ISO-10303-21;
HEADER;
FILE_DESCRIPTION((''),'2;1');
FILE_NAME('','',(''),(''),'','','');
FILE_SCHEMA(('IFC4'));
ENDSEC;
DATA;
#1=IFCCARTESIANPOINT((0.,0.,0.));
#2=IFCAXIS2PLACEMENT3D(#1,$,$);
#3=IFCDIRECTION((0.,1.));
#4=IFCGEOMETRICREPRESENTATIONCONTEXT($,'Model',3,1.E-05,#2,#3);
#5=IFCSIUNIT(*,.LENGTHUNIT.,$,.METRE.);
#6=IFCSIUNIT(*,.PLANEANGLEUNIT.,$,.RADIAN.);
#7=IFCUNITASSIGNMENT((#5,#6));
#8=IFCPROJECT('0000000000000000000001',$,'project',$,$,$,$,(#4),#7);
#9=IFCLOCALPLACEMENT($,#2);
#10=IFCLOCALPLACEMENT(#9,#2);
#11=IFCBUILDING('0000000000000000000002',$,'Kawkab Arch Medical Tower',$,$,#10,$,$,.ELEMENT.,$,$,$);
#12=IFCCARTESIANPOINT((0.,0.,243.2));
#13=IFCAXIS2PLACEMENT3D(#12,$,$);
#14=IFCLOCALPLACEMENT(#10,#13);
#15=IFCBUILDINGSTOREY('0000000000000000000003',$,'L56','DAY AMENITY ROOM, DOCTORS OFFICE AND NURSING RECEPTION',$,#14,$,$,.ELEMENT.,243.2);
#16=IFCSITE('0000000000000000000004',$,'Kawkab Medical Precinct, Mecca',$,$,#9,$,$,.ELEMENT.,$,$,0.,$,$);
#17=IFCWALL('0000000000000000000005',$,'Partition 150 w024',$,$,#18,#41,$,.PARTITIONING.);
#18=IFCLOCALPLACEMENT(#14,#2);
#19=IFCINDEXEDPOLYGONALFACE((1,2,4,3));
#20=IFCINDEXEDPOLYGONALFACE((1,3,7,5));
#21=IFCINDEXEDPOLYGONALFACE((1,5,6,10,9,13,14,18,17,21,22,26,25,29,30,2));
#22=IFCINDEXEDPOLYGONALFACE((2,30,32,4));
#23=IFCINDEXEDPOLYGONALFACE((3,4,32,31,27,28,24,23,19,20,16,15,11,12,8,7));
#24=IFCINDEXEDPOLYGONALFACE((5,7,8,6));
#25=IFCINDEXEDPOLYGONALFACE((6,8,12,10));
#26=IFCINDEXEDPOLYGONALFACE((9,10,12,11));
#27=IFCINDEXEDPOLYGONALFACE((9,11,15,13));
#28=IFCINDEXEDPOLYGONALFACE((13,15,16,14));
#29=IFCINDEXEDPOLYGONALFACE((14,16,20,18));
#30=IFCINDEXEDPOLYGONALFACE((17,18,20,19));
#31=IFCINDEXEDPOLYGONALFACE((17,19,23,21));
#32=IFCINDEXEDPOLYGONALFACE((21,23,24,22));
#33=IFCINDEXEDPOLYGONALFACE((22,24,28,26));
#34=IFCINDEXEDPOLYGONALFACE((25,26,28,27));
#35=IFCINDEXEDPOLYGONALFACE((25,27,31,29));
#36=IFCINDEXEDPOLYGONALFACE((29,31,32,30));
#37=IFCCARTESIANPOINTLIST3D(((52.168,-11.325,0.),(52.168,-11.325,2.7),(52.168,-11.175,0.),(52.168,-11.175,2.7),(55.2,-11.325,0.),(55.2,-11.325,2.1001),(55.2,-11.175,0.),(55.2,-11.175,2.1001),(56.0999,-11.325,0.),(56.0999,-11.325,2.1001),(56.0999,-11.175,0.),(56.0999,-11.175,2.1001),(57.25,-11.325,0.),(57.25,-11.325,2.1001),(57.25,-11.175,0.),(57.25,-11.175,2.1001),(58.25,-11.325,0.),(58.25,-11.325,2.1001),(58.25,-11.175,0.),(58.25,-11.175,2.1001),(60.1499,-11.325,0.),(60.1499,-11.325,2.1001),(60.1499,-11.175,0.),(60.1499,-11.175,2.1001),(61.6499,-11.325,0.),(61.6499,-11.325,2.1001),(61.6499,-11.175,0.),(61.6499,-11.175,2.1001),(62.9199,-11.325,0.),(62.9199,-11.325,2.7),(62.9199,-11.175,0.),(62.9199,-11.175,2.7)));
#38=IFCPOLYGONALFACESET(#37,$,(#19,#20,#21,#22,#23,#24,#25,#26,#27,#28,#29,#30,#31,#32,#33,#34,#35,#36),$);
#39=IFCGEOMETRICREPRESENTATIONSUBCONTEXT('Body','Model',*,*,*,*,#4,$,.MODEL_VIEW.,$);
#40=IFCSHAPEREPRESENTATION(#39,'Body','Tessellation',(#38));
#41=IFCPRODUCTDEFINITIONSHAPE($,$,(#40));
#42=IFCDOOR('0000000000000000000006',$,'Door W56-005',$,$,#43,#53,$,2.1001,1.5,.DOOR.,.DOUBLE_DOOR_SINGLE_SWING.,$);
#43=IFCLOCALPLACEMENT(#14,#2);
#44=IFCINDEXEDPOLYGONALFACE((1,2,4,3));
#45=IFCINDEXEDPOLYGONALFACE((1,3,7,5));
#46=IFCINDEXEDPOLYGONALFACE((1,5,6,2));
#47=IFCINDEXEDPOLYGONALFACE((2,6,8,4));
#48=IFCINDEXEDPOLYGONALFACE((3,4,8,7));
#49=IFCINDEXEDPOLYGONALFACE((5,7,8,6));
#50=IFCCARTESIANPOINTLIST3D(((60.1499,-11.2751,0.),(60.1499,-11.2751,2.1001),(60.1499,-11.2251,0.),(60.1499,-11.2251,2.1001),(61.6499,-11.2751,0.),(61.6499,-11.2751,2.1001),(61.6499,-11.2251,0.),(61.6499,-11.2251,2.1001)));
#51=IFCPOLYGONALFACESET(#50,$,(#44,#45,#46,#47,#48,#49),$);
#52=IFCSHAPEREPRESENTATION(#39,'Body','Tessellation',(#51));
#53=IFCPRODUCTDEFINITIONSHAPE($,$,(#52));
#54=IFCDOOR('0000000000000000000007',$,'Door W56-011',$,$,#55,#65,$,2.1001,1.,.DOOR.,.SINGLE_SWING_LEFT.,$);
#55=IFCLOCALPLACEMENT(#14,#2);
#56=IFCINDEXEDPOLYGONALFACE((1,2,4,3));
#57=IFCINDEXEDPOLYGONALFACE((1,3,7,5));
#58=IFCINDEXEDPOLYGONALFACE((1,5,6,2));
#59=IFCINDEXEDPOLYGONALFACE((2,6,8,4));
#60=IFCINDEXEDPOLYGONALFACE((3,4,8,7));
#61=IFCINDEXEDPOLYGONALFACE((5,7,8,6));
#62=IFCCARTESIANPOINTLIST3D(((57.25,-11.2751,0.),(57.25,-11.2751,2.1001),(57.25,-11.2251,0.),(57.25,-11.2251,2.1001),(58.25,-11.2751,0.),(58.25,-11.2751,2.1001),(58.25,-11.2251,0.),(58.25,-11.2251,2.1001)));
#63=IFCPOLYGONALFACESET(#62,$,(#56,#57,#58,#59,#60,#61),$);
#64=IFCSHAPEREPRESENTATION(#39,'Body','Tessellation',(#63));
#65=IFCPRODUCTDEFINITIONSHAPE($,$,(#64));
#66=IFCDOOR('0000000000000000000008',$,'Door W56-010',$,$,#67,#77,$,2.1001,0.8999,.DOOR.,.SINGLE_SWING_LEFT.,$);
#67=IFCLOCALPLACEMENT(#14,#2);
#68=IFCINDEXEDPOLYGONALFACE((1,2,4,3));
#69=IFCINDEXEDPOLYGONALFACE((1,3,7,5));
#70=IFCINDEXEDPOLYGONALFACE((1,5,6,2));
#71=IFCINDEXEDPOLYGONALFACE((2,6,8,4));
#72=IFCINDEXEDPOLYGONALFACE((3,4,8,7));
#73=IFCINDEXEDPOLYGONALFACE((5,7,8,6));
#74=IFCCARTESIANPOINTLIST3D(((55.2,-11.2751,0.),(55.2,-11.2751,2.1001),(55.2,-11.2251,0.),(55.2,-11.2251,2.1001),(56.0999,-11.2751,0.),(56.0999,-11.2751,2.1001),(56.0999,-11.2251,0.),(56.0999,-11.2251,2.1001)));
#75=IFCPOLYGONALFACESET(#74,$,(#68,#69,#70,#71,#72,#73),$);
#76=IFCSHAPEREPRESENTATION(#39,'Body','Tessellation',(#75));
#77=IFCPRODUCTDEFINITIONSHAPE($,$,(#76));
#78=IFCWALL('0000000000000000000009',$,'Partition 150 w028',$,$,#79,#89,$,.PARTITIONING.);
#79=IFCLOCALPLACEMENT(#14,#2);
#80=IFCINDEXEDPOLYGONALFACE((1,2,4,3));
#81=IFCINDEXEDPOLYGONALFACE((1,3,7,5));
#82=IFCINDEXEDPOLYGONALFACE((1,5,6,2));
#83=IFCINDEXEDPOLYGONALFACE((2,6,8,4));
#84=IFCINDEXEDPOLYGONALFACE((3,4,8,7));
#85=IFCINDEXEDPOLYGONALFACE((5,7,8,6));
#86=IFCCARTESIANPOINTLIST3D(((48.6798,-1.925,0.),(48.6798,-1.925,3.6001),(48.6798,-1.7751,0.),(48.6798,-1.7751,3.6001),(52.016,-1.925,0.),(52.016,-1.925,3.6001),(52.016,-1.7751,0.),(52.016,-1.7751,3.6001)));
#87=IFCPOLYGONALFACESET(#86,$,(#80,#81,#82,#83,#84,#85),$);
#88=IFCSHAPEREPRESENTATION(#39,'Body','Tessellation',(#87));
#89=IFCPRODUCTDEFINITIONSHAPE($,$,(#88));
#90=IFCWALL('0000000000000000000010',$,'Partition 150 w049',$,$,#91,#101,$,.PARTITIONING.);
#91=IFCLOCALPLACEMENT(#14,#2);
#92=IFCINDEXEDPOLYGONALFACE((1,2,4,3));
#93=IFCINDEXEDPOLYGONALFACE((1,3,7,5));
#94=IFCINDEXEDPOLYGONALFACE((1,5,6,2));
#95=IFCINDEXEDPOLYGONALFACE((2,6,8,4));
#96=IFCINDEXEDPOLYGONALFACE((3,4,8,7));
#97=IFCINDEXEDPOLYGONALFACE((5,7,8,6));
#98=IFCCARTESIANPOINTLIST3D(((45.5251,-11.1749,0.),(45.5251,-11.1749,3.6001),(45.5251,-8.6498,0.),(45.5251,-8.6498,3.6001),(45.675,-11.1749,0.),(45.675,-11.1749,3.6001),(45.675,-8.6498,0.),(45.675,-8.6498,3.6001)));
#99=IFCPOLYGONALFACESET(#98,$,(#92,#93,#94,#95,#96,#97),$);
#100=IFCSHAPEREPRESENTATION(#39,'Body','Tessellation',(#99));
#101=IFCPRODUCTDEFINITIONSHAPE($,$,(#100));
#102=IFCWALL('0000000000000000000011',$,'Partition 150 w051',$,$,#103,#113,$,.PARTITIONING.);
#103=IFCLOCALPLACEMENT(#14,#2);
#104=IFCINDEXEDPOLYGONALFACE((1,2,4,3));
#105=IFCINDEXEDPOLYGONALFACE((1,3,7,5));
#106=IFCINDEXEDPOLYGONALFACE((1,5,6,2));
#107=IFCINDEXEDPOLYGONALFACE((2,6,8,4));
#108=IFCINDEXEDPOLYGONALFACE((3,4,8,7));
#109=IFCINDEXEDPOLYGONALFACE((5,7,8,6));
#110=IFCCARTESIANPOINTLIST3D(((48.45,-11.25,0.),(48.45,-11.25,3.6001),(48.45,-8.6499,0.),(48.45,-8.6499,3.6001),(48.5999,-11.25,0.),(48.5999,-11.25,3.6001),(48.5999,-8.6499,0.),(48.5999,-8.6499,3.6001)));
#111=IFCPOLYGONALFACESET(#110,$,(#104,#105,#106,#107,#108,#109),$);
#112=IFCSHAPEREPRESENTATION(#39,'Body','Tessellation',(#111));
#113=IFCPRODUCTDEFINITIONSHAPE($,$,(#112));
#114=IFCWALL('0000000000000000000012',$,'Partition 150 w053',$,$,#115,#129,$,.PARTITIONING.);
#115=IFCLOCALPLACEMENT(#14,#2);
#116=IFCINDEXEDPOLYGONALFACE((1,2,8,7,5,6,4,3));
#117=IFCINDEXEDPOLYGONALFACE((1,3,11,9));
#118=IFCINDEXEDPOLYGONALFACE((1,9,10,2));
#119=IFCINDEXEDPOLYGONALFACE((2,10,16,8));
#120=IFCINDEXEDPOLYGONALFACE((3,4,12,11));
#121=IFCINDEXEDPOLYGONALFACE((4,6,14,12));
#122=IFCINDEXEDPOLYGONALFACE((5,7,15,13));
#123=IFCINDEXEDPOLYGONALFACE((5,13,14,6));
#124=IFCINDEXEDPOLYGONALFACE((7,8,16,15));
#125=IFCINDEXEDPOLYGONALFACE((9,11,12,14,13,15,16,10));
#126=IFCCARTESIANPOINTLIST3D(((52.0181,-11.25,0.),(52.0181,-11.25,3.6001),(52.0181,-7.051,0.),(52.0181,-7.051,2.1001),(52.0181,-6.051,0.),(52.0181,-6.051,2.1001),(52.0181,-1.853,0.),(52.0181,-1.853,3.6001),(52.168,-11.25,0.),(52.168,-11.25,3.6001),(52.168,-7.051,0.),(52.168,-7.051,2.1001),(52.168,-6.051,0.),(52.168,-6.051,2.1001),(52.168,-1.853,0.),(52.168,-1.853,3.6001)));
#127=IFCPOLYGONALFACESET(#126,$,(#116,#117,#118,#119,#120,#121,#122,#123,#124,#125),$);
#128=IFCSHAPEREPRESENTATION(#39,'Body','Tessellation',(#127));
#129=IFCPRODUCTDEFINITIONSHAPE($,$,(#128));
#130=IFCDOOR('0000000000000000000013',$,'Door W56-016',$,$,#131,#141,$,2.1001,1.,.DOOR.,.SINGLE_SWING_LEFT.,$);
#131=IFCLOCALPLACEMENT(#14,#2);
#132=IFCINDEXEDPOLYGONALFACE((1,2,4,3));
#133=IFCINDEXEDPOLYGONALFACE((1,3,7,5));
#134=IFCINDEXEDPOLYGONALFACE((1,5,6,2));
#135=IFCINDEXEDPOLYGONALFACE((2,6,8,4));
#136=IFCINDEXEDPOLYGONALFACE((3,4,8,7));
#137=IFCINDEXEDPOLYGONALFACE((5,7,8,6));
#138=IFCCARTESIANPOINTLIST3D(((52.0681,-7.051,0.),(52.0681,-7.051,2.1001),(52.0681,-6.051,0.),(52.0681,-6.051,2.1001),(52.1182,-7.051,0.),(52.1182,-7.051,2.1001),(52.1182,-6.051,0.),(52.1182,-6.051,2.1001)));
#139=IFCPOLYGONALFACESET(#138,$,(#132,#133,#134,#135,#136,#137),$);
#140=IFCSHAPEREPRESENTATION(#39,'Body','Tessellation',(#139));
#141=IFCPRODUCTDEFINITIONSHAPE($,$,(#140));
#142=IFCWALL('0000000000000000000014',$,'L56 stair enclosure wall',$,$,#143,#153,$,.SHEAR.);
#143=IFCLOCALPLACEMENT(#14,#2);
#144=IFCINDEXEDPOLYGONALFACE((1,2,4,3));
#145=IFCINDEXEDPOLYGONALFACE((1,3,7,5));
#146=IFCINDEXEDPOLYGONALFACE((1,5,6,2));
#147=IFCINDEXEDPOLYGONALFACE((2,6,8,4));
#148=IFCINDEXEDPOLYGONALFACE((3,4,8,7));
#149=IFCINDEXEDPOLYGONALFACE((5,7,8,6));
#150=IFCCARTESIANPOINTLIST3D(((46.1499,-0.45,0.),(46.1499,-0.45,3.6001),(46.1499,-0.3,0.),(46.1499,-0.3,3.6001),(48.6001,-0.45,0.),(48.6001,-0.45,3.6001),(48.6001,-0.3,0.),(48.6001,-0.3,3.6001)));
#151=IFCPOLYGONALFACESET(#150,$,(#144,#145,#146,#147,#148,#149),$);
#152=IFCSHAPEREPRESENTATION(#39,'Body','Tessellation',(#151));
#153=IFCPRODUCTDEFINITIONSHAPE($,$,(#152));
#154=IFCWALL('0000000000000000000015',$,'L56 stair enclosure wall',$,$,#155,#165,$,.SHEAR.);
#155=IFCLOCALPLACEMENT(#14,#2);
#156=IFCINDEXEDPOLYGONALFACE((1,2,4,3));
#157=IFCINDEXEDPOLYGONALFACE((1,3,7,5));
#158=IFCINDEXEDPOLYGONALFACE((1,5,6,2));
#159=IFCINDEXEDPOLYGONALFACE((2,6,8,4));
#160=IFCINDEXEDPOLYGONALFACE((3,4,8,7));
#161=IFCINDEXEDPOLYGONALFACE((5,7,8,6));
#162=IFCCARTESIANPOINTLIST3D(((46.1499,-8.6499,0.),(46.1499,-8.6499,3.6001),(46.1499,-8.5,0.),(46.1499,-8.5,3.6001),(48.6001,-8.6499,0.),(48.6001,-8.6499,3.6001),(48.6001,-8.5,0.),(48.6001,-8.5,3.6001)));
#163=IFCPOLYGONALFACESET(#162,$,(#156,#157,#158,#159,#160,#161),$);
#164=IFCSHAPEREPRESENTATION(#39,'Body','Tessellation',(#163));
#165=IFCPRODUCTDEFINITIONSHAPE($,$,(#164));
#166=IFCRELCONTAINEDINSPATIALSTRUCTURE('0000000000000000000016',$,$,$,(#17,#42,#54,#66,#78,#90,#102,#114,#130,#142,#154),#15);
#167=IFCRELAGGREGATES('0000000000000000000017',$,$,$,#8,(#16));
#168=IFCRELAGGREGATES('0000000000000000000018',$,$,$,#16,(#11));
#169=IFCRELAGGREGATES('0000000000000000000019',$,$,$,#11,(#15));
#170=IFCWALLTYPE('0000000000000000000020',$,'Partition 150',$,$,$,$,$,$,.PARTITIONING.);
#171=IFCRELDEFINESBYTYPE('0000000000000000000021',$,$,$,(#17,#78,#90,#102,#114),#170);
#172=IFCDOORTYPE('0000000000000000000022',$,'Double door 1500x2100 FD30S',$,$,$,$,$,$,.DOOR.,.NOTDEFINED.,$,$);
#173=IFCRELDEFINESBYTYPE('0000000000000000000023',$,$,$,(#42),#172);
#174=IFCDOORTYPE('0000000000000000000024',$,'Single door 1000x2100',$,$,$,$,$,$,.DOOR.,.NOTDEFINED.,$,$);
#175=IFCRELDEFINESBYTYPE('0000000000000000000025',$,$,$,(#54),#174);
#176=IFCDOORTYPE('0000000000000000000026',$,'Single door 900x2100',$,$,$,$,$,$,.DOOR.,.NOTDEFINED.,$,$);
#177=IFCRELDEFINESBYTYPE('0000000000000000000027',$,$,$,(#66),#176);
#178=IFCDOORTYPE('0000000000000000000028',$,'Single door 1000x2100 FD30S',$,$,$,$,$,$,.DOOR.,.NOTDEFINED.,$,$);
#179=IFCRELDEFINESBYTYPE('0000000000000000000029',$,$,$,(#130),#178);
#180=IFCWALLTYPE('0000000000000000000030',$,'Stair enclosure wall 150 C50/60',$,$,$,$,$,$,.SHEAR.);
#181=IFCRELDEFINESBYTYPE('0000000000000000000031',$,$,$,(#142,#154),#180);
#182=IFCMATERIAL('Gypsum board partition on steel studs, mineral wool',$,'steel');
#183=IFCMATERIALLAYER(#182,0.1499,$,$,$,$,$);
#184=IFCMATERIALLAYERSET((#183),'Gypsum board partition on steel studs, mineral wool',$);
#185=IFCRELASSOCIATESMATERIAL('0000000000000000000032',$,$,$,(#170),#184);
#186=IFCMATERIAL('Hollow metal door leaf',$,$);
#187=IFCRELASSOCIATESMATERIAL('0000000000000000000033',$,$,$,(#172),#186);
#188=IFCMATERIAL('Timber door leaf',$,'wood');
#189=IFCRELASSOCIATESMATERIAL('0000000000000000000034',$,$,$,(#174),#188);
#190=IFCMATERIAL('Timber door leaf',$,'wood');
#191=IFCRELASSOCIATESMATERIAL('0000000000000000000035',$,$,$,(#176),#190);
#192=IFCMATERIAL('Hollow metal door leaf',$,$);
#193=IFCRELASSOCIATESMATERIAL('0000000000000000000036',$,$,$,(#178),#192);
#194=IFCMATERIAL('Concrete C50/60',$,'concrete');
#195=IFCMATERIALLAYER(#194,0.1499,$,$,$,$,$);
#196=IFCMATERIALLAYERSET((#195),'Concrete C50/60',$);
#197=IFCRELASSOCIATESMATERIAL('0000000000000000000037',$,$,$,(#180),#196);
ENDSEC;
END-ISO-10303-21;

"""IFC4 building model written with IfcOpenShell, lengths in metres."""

from ifc_helpers import new_model, si_unit, direction, frame, frame_2d, origin, place, context, subcontext, project, spatial, rectangle, extrude, material, layer, layer_set, type_object, element, fill, save


model = new_model("IFC4")

# Units and contexts
model_context = context("Model", 3, precision=1e-05, world=origin(), true_north=direction((0.0, 1.0)))
body_context = subcontext(model_context, "Body", "Model", "MODEL_VIEW")
ifc_project = project(units=[si_unit("LENGTHUNIT", "METRE"), si_unit("PLANEANGLEUNIT", "RADIAN")], contexts=[model_context])

# Site, building, storey
site_placement = place(None, origin())
site = spatial("IfcSite", under=ifc_project, at=site_placement, Name="Kawkab Medical Precinct, Mecca", CompositionType="ELEMENT", RefElevation=0.0)
building_placement = place(site_placement, origin())
building = spatial("IfcBuilding", under=site, at=building_placement, Name="Kawkab Arch Medical Tower", CompositionType="ELEMENT")
storey_placement = place(building_placement, frame((0.0, 0.0, 243.2)))
storey = spatial("IfcBuildingStorey", under=building, at=storey_placement, Name="L56", Description="DAY AMENITY ROOM, DOCTORS OFFICE AND NURSING RECEPTION", CompositionType="ELEMENT", Elevation=243.2)

# Wall, openings, doors
ifc_material_1 = material(Name="Gypsum board partition on steel studs, mineral wool", Category="steel")
ifc_layer_1 = layer(ifc_material_1, 0.1499)
ifc_layer_set_1 = layer_set([ifc_layer_1], Name="Gypsum board partition on steel studs, mineral wool")
wall_type_1 = type_object("IfcWallType", Name="Partition 150", PredefinedType="PARTITIONING", material=ifc_layer_set_1)
wall_1_placement = place(storey_placement, frame((52.168, -11.25, 0.0), z_axis=(0.0, 0.0, 1.0), x_axis=(1.0, 0.0, 0.0)))
wall_1 = element("IfcWall", 1, at=wall_1_placement, inside=storey, type_object=wall_type_1, Name="Partition 150 w024", PredefinedType="PARTITIONING", context=body_context, shape_type="SweptSolid", body=[
    extrude(rectangle(XDim=10.752, YDim=0.1499, at=frame_2d((5.376, 0.0))), origin(), (0.0, 0.0, 1.0), 2.7),
])
opening_1_placement = place(wall_1_placement, frame((3.032, 0.0, 0.0)))
opening_1 = element("IfcOpeningElement", 2, at=opening_1_placement, cuts=wall_1, PredefinedType="OPENING", context=body_context, shape_type="SweptSolid", body=[
    extrude(rectangle(XDim=0.8999, YDim=2.1001, at=frame_2d((0.45, 1.05))), frame((0.0, 0.085, 0.0), z_axis=(0.0, -1.0, 0.0), x_axis=(1.0, 0.0, 0.0)), (0.0, 0.0, 1.0), 0.1699),
])
opening_2_placement = place(wall_1_placement, frame((5.082, 0.0, 0.0)))
opening_2 = element("IfcOpeningElement", 3, at=opening_2_placement, cuts=wall_1, PredefinedType="OPENING", context=body_context, shape_type="SweptSolid", body=[
    extrude(rectangle(XDim=1.0, YDim=2.1001, at=frame_2d((0.5, 1.05))), frame((0.0, 0.085, 0.0), z_axis=(0.0, -1.0, 0.0), x_axis=(1.0, 0.0, 0.0)), (0.0, 0.0, 1.0), 0.1699),
])
opening_3_placement = place(wall_1_placement, frame((7.9819, 0.0, 0.0)))
opening_3 = element("IfcOpeningElement", 4, at=opening_3_placement, cuts=wall_1, PredefinedType="OPENING", context=body_context, shape_type="SweptSolid", body=[
    extrude(rectangle(XDim=1.5, YDim=2.1001, at=frame_2d((0.75, 1.05))), frame((0.0, 0.085, 0.0), z_axis=(0.0, -1.0, 0.0), x_axis=(1.0, 0.0, 0.0)), (0.0, 0.0, 1.0), 0.1699),
])
ifc_material_2 = material(Name="Hollow metal door leaf")
door_type_1 = type_object("IfcDoorType", Name="Double door 1500x2100 FD30S", OperationType="NOTDEFINED", PredefinedType="DOOR", material=ifc_material_2)
door_1_placement = place(opening_3_placement, origin())
door_1 = element("IfcDoor", 5, at=door_1_placement, inside=storey, type_object=door_type_1, Name="Door W56-005", OperationType="DOUBLE_DOOR_SINGLE_SWING", OverallHeight=2.1001, OverallWidth=1.5, PredefinedType="DOOR", context=body_context, shape_type="SweptSolid", body=[
    extrude(rectangle(XDim=1.5, YDim=2.1001, at=frame_2d((0.75, 1.05))), frame((0.0, 0.0249, 0.0), z_axis=(0.0, -1.0, 0.0), x_axis=(1.0, 0.0, 0.0)), (0.0, 0.0, 1.0), 0.05),
])
fill(opening_3, door_1)
ifc_material_3 = material(Name="Timber door leaf", Category="wood")
door_type_2 = type_object("IfcDoorType", Name="Single door 1000x2100", OperationType="NOTDEFINED", PredefinedType="DOOR", material=ifc_material_3)
door_2_placement = place(opening_2_placement, origin())
door_2 = element("IfcDoor", 6, at=door_2_placement, inside=storey, type_object=door_type_2, Name="Door W56-011", OperationType="SINGLE_SWING_LEFT", OverallHeight=2.1001, OverallWidth=1.0, PredefinedType="DOOR", context=body_context, shape_type="SweptSolid", body=[
    extrude(rectangle(XDim=1.0, YDim=2.1001, at=frame_2d((0.5, 1.05))), frame((0.0, 0.0249, 0.0), z_axis=(0.0, -1.0, 0.0), x_axis=(1.0, 0.0, 0.0)), (0.0, 0.0, 1.0), 0.05),
])
fill(opening_2, door_2)
ifc_material_4 = material(Name="Timber door leaf", Category="wood")
door_type_3 = type_object("IfcDoorType", Name="Single door 900x2100", OperationType="NOTDEFINED", PredefinedType="DOOR", material=ifc_material_4)
door_3_placement = place(opening_1_placement, origin())
door_3 = element("IfcDoor", 7, at=door_3_placement, inside=storey, type_object=door_type_3, Name="Door W56-010", OperationType="SINGLE_SWING_LEFT", OverallHeight=2.1001, OverallWidth=0.8999, PredefinedType="DOOR", context=body_context, shape_type="SweptSolid", body=[
    extrude(rectangle(XDim=0.8999, YDim=2.1001, at=frame_2d((0.45, 1.05))), frame((0.0, 0.0249, 0.0), z_axis=(0.0, -1.0, 0.0), x_axis=(1.0, 0.0, 0.0)), (0.0, 0.0, 1.0), 0.05),
])
fill(opening_1, door_3)

# Walls
wall_2_placement = place(storey_placement, frame((48.6799, -1.8501, 0.0), z_axis=(0.0, 0.0, 1.0), x_axis=(1.0, 0.0, 0.0)))
element("IfcWall", 8, at=wall_2_placement, inside=storey, type_object=wall_type_1, Name="Partition 150 w028", PredefinedType="PARTITIONING", context=body_context, shape_type="SweptSolid", body=[
    extrude(rectangle(XDim=3.3362, YDim=0.1499, at=frame_2d((1.668, 0.0))), origin(), (0.0, 0.0, 1.0), 3.6001),
])
wall_3_placement = place(storey_placement, frame((45.6001, -11.175, 0.0), z_axis=(0.0, 0.0, 1.0), x_axis=(0.0, 1.0, 0.0)))
element("IfcWall", 9, at=wall_3_placement, inside=storey, type_object=wall_type_1, Name="Partition 150 w049", PredefinedType="PARTITIONING", context=body_context, shape_type="SweptSolid", body=[
    extrude(rectangle(XDim=2.5251, YDim=0.1499, at=frame_2d((1.2627, 0.0))), origin(), (0.0, 0.0, 1.0), 3.6001),
])
wall_4_placement = place(storey_placement, frame((48.5249, -11.25, 0.0), z_axis=(0.0, 0.0, 1.0), x_axis=(0.0, 1.0, 0.0)))
element("IfcWall", 10, at=wall_4_placement, inside=storey, type_object=wall_type_1, Name="Partition 150 w051", PredefinedType="PARTITIONING", context=body_context, shape_type="SweptSolid", body=[
    extrude(rectangle(XDim=2.6001, YDim=0.1499, at=frame_2d((1.3, 0.0))), origin(), (0.0, 0.0, 1.0), 3.6001),
])

# Wall, opening, door
wall_5_placement = place(storey_placement, frame((52.093, -11.25, 0.0), z_axis=(0.0, 0.0, 1.0), x_axis=(0.0, 1.0, 0.0)))
wall_5 = element("IfcWall", 11, at=wall_5_placement, inside=storey, type_object=wall_type_1, Name="Partition 150 w053", PredefinedType="PARTITIONING", context=body_context, shape_type="SweptSolid", body=[
    extrude(rectangle(XDim=9.397, YDim=0.1499, at=frame_2d((4.6985, 0.0))), origin(), (0.0, 0.0, 1.0), 3.6001),
])
opening_4_placement = place(wall_5_placement, frame((4.199, 0.0, 0.0)))
opening_4 = element("IfcOpeningElement", 12, at=opening_4_placement, cuts=wall_5, PredefinedType="OPENING", context=body_context, shape_type="SweptSolid", body=[
    extrude(rectangle(XDim=1.0, YDim=2.1001, at=frame_2d((0.5, 1.05))), frame((0.0, 0.085, 0.0), z_axis=(0.0, -1.0, 0.0), x_axis=(1.0, 0.0, 0.0)), (0.0, 0.0, 1.0), 0.1699),
])
ifc_material_5 = material(Name="Hollow metal door leaf")
door_type_4 = type_object("IfcDoorType", Name="Single door 1000x2100 FD30S", OperationType="NOTDEFINED", PredefinedType="DOOR", material=ifc_material_5)
door_4_placement = place(opening_4_placement, origin())
door_4 = element("IfcDoor", 13, at=door_4_placement, inside=storey, type_object=door_type_4, Name="Door W56-016", OperationType="SINGLE_SWING_LEFT", OverallHeight=2.1001, OverallWidth=1.0, PredefinedType="DOOR", context=body_context, shape_type="SweptSolid", body=[
    extrude(rectangle(XDim=1.0, YDim=2.1001, at=frame_2d((0.5, 1.05))), frame((0.0, 0.0249, 0.0), z_axis=(0.0, -1.0, 0.0), x_axis=(1.0, 0.0, 0.0)), (0.0, 0.0, 1.0), 0.05),
])
fill(opening_4, door_4)

# Walls
ifc_material_6 = material(Name="Concrete C50/60", Category="concrete")
ifc_layer_2 = layer(ifc_material_6, 0.1499)
ifc_layer_set_2 = layer_set([ifc_layer_2], Name="Concrete C50/60")
wall_type_2 = type_object("IfcWallType", Name="Stair enclosure wall 150 C50/60", PredefinedType="SHEAR", material=ifc_layer_set_2)
for number, where, z_axis, x_axis, name in (
    (14, (46.1499, -0.375, 0.0), (0.0, 0.0, 1.0), (1.0, 0.0, 0.0), "L56 stair enclosure wall"),
    (15, (46.1499, -8.575, 0.0), (0.0, 0.0, 1.0), (1.0, 0.0, 0.0), "L56 stair enclosure wall"),
):
    element("IfcWall", number, at=place(storey_placement, frame(where, z_axis=z_axis, x_axis=x_axis)), inside=storey, type_object=wall_type_2, Name=name, PredefinedType="SHEAR", context=body_context, shape_type="SweptSolid", body=[
        extrude(rectangle(XDim=2.4502, YDim=0.1499, at=frame_2d((1.2251, 0.0))), origin(), (0.0, 0.0, 1.0), 3.6001),
    ])

save(model, "model.ifc")
